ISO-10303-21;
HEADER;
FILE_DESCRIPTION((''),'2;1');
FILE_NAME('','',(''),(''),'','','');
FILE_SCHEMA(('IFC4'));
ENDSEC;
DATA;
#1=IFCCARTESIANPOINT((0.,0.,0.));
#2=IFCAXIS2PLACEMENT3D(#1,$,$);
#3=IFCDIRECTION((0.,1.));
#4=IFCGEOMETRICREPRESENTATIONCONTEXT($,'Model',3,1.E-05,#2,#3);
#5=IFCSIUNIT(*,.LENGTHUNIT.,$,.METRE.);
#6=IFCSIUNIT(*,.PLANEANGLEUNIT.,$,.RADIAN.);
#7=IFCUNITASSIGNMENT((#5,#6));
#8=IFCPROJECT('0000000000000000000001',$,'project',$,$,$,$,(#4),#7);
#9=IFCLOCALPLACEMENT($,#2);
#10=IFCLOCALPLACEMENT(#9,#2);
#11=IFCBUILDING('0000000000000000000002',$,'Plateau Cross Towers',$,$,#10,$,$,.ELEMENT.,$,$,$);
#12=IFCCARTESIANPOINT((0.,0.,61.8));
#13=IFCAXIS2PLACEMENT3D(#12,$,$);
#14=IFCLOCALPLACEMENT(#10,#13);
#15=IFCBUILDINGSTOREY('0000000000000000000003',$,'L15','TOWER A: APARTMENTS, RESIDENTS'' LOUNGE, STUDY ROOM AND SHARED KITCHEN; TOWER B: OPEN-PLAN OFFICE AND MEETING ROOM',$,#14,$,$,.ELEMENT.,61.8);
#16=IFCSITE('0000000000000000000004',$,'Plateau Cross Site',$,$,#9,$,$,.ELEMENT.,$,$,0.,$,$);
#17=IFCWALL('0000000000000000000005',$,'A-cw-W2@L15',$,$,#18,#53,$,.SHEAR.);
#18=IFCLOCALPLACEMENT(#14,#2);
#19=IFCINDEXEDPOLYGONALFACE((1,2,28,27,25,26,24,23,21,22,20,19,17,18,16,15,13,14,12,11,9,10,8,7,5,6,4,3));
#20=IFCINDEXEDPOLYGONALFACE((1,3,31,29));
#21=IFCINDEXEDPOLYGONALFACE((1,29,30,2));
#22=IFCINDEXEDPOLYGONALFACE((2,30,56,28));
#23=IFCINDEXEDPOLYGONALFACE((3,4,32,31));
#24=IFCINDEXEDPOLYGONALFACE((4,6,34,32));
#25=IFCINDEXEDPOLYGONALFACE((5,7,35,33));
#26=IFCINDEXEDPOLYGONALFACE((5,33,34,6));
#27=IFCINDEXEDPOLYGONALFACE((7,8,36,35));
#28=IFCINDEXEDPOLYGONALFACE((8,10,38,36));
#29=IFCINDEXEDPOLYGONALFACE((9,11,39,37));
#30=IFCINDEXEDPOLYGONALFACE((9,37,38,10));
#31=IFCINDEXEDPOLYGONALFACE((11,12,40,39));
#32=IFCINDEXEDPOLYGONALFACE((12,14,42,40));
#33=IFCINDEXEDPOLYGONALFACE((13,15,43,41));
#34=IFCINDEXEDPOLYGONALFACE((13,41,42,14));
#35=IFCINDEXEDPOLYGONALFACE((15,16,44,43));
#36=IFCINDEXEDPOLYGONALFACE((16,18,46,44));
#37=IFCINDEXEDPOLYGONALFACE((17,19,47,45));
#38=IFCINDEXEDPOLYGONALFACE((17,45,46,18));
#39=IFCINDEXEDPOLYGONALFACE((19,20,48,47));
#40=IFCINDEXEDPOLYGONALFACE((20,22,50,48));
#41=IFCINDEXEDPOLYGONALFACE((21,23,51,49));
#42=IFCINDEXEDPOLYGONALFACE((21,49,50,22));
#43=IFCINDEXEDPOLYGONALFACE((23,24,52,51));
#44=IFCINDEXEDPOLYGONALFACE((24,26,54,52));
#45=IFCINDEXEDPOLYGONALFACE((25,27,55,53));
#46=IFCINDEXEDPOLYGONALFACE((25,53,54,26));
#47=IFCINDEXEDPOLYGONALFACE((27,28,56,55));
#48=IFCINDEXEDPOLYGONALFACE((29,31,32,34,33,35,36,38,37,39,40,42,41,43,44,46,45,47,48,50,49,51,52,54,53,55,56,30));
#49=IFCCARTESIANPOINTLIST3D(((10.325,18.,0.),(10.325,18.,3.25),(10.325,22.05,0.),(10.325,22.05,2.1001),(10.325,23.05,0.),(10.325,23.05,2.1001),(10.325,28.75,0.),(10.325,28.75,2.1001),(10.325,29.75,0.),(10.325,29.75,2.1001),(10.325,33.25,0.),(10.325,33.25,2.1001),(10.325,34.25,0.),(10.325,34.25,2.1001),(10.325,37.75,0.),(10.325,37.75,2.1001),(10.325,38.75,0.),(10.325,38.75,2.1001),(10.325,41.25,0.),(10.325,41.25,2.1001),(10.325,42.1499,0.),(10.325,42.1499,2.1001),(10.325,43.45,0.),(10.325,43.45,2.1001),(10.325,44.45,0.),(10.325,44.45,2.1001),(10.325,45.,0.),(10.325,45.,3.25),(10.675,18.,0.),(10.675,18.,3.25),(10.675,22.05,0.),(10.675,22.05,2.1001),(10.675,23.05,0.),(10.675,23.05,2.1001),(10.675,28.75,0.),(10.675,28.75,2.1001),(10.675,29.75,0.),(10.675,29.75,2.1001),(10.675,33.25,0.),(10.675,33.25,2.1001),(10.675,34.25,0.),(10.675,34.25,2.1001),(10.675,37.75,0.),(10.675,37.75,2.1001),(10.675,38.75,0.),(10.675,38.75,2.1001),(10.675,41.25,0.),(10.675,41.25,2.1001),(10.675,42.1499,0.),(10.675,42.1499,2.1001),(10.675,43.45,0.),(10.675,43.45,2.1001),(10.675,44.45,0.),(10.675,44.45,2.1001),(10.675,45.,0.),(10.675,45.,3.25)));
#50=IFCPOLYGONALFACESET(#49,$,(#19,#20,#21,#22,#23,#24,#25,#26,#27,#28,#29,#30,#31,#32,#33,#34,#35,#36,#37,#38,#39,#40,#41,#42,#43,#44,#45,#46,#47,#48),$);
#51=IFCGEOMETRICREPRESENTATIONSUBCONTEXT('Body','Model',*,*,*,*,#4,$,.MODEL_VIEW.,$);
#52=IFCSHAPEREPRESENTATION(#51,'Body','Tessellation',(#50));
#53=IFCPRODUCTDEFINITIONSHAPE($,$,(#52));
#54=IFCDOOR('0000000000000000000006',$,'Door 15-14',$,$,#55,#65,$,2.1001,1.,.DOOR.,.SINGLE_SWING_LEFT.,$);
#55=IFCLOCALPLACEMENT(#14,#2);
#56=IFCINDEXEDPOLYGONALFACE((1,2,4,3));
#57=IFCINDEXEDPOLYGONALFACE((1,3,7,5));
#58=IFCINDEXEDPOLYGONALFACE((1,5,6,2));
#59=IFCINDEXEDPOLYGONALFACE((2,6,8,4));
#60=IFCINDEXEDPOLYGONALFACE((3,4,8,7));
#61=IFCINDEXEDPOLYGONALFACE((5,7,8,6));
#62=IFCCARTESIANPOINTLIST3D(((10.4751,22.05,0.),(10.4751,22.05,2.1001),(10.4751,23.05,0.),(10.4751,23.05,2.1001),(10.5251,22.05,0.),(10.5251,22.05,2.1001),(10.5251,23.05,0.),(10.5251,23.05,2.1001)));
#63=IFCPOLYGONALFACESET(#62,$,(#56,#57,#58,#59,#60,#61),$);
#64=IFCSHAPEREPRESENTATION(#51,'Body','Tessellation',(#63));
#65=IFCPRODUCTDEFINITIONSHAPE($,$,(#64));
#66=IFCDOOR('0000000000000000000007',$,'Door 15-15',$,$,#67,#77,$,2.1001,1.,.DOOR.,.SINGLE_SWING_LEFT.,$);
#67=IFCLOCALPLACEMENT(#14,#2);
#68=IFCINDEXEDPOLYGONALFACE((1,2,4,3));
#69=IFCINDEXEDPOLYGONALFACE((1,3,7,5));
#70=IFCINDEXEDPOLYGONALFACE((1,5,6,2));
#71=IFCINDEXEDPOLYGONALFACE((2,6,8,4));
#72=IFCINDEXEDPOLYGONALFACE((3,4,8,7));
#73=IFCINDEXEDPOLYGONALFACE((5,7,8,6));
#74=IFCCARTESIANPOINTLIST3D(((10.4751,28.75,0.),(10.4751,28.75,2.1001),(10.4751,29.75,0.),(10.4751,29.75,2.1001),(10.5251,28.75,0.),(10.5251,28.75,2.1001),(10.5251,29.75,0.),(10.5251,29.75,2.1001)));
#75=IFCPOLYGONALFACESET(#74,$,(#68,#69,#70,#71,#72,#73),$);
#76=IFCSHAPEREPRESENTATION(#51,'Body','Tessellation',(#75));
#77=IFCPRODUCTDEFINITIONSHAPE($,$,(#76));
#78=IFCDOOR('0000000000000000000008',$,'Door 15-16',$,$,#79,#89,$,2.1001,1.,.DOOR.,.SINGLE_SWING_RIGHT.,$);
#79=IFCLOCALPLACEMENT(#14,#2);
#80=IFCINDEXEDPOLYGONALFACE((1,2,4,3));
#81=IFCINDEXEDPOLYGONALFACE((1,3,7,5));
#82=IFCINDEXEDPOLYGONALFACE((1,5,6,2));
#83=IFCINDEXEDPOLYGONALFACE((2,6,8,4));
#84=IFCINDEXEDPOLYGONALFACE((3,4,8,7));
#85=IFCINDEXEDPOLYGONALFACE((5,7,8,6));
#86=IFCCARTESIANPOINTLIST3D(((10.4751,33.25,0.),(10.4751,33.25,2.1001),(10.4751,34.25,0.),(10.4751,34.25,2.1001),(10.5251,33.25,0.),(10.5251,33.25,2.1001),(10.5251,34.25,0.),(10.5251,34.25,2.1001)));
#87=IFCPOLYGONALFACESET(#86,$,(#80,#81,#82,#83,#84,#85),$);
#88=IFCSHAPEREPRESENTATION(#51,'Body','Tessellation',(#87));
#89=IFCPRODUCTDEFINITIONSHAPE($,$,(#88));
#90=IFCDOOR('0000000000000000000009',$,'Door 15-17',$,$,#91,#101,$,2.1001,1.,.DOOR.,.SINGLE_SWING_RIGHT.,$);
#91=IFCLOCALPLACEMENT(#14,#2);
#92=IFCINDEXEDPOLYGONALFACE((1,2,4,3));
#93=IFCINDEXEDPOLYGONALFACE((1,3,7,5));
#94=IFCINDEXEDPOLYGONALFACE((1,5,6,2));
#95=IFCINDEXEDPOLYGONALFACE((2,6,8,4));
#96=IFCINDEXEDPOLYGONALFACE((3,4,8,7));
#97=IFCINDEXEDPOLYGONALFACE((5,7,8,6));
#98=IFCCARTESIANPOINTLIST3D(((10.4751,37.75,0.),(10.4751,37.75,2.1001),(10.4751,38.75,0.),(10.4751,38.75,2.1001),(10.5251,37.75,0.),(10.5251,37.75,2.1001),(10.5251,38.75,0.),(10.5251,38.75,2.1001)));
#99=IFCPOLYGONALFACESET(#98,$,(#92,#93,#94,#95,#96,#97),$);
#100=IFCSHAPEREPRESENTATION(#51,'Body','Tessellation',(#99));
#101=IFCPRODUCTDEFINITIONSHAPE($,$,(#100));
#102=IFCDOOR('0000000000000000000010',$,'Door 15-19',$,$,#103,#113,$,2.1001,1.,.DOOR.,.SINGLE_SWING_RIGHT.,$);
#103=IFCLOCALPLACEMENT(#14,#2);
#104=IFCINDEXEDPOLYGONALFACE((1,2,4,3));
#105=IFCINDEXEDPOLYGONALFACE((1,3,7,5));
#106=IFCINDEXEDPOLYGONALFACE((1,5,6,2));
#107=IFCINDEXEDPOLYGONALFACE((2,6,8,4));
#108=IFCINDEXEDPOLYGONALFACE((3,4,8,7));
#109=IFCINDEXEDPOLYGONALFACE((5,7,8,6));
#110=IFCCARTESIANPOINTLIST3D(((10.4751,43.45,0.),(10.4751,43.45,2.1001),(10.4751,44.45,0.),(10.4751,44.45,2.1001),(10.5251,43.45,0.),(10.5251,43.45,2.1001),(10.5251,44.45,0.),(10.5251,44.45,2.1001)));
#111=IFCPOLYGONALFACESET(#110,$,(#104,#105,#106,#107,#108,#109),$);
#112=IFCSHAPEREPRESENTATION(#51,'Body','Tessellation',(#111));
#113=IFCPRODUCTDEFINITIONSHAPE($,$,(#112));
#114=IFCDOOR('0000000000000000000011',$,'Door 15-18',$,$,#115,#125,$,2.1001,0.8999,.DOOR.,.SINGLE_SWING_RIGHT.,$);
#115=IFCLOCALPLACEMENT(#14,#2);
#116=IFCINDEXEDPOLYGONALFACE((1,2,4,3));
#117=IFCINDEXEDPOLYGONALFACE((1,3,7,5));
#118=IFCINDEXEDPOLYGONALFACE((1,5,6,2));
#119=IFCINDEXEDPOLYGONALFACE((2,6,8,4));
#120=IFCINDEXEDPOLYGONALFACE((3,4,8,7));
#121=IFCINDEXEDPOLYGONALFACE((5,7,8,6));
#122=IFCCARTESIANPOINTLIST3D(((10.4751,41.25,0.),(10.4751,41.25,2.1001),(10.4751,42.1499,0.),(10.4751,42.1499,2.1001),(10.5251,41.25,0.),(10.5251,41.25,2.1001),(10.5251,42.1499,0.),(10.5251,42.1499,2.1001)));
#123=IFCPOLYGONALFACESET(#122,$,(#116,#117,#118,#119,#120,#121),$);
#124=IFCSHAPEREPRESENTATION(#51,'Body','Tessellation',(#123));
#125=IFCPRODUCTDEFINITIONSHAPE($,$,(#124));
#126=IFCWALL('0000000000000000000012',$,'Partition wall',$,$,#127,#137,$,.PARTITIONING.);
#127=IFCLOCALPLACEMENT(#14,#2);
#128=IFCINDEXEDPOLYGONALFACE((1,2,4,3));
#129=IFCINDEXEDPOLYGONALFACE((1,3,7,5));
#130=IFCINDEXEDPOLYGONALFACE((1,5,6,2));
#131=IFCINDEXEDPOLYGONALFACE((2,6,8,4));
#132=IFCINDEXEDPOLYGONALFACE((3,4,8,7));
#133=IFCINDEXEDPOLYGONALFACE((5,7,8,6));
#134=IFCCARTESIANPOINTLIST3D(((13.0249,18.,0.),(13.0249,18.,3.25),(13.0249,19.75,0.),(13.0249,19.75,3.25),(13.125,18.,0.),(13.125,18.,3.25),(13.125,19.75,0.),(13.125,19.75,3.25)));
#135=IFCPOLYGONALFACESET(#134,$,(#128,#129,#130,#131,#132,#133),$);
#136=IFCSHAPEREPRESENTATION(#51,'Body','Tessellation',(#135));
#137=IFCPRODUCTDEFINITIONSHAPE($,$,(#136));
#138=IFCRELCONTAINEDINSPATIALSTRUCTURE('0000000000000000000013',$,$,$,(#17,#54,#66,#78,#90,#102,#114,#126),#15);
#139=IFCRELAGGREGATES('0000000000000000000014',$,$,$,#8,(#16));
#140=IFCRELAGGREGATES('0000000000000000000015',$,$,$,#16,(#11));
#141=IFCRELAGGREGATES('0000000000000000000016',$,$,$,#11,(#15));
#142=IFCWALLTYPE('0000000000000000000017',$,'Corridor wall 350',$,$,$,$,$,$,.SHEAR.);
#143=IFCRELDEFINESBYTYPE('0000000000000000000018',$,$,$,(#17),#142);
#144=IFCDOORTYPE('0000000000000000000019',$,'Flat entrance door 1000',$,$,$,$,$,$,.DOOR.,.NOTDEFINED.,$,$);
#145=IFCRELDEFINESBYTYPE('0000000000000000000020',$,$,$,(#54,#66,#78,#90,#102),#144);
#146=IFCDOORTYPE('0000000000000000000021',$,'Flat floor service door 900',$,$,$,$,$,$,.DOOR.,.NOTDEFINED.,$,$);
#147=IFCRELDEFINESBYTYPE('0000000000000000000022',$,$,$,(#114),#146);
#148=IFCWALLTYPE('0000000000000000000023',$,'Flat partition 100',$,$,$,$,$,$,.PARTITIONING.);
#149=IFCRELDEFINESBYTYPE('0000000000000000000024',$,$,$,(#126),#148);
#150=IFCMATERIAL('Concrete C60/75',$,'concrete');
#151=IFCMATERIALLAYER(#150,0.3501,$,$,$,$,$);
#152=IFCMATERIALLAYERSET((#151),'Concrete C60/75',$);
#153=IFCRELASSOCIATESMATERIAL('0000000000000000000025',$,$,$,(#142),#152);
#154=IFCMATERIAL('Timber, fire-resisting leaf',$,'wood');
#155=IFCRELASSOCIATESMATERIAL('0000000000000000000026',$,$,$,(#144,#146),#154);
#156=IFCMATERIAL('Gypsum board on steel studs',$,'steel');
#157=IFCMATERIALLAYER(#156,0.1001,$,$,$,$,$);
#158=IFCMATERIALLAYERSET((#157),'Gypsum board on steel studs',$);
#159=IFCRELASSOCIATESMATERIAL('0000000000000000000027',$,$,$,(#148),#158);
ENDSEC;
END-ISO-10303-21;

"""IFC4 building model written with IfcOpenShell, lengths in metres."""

from ifc_helpers import new_model, si_unit, direction, frame, frame_2d, origin, place, context, subcontext, project, spatial, rectangle, extrude, material, layer, layer_set, type_object, element, fill, save


model = new_model("IFC4")

# Units and contexts
model_context = context("Model", 3, precision=1e-05, world=origin(), true_north=direction((0.0, 1.0)))
body_context = subcontext(model_context, "Body", "Model", "MODEL_VIEW")
ifc_project = project(units=[si_unit("LENGTHUNIT", "METRE"), si_unit("PLANEANGLEUNIT", "RADIAN")], contexts=[model_context])

# Site, building, storey
site_placement = place(None, origin())
site = spatial("IfcSite", under=ifc_project, at=site_placement, Name="Plateau Cross Site", CompositionType="ELEMENT", RefElevation=0.0)
building_placement = place(site_placement, origin())
building = spatial("IfcBuilding", under=site, at=building_placement, Name="Plateau Cross Towers", CompositionType="ELEMENT")
storey_placement = place(building_placement, frame((0.0, 0.0, 61.8)))
storey = spatial("IfcBuildingStorey", under=building, at=storey_placement, Name="L15", Description="TOWER A: APARTMENTS, RESIDENTS' LOUNGE, STUDY ROOM AND SHARED KITCHEN; TOWER B: OPEN-PLAN OFFICE AND MEETING ROOM", CompositionType="ELEMENT", Elevation=61.8)

# Shared definitions
ifc_material_1 = material(Name="Concrete C60/75", Category="concrete")

# Wall, openings, doors
ifc_layer_1 = layer(ifc_material_1, 0.3501)
ifc_layer_set_1 = layer_set([ifc_layer_1], Name="Concrete C60/75")
wall_type_1 = type_object("IfcWallType", Name="Corridor wall 350", PredefinedType="SHEAR", material=ifc_layer_set_1)
ifc_material_2 = material(Name="Timber, fire-resisting leaf", Category="wood")
door_type_1 = type_object("IfcDoorType", Name="Flat entrance door 1000", OperationType="NOTDEFINED", PredefinedType="DOOR", material=ifc_material_2)
wall_1_placement = place(storey_placement, frame((10.5, 18.0, 0.0), z_axis=(0.0, 0.0, 1.0), x_axis=(0.0, 1.0, 0.0)))
wall_1 = element("IfcWall", 1, at=wall_1_placement, inside=storey, type_object=wall_type_1, Name="A-cw-W2@L15", PredefinedType="SHEAR", context=body_context, shape_type="SweptSolid", body=[
    extrude(rectangle(XDim=27.0, YDim=0.3501, at=frame_2d((13.5, 0.0))), origin(), (0.0, 0.0, 1.0), 3.25),
])
opening_1_placement = place(wall_1_placement, frame((4.05, 0.0, 0.0)))
opening_1 = element("IfcOpeningElement", 2, at=opening_1_placement, cuts=wall_1, PredefinedType="OPENING", context=body_context, shape_type="SweptSolid", body=[
    extrude(rectangle(XDim=1.0, YDim=2.1001, at=frame_2d((0.5, 1.05))), frame((0.0, 0.1851, 0.0), z_axis=(0.0, -1.0, 0.0), x_axis=(1.0, 0.0, 0.0)), (0.0, 0.0, 1.0), 0.3701),
])
opening_2_placement = place(wall_1_placement, frame((10.75, 0.0, 0.0)))
opening_2 = element("IfcOpeningElement", 3, at=opening_2_placement, cuts=wall_1, PredefinedType="OPENING", context=body_context, shape_type="SweptSolid", body=[
    extrude(rectangle(XDim=1.0, YDim=2.1001, at=frame_2d((0.5, 1.05))), frame((0.0, 0.1851, 0.0), z_axis=(0.0, -1.0, 0.0), x_axis=(1.0, 0.0, 0.0)), (0.0, 0.0, 1.0), 0.3701),
])
opening_3_placement = place(wall_1_placement, frame((15.25, 0.0, 0.0)))
opening_3 = element("IfcOpeningElement", 4, at=opening_3_placement, cuts=wall_1, PredefinedType="OPENING", context=body_context, shape_type="SweptSolid", body=[
    extrude(rectangle(XDim=1.0, YDim=2.1001, at=frame_2d((0.5, 1.05))), frame((0.0, 0.1851, 0.0), z_axis=(0.0, -1.0, 0.0), x_axis=(1.0, 0.0, 0.0)), (0.0, 0.0, 1.0), 0.3701),
])
opening_4_placement = place(wall_1_placement, frame((19.75, 0.0, 0.0)))
opening_4 = element("IfcOpeningElement", 5, at=opening_4_placement, cuts=wall_1, PredefinedType="OPENING", context=body_context, shape_type="SweptSolid", body=[
    extrude(rectangle(XDim=1.0, YDim=2.1001, at=frame_2d((0.5, 1.05))), frame((0.0, 0.1851, 0.0), z_axis=(0.0, -1.0, 0.0), x_axis=(1.0, 0.0, 0.0)), (0.0, 0.0, 1.0), 0.3701),
])
opening_5_placement = place(wall_1_placement, frame((23.25, 0.0, 0.0)))
opening_5 = element("IfcOpeningElement", 6, at=opening_5_placement, cuts=wall_1, PredefinedType="OPENING", context=body_context, shape_type="SweptSolid", body=[
    extrude(rectangle(XDim=0.8999, YDim=2.1001, at=frame_2d((0.45, 1.05))), frame((0.0, 0.1851, 0.0), z_axis=(0.0, -1.0, 0.0), x_axis=(1.0, 0.0, 0.0)), (0.0, 0.0, 1.0), 0.3701),
])
opening_6_placement = place(wall_1_placement, frame((25.45, 0.0, 0.0)))
opening_6 = element("IfcOpeningElement", 7, at=opening_6_placement, cuts=wall_1, PredefinedType="OPENING", context=body_context, shape_type="SweptSolid", body=[
    extrude(rectangle(XDim=1.0, YDim=2.1001, at=frame_2d((0.5, 1.05))), frame((0.0, 0.1851, 0.0), z_axis=(0.0, -1.0, 0.0), x_axis=(1.0, 0.0, 0.0)), (0.0, 0.0, 1.0), 0.3701),
])
door_1_placement = place(opening_1_placement, origin())
door_1 = element("IfcDoor", 8, at=door_1_placement, inside=storey, type_object=door_type_1, Name="Door 15-14", OperationType="SINGLE_SWING_LEFT", OverallHeight=2.1001, OverallWidth=1.0, PredefinedType="DOOR", context=body_context, shape_type="SweptSolid", body=[
    extrude(rectangle(XDim=1.0, YDim=2.1001, at=frame_2d((0.5, 1.05))), frame((0.0, 0.0249, 0.0), z_axis=(0.0, -1.0, 0.0), x_axis=(1.0, 0.0, 0.0)), (0.0, 0.0, 1.0), 0.05),
])
fill(opening_1, door_1)
door_2_placement = place(opening_2_placement, origin())
door_2 = element("IfcDoor", 9, at=door_2_placement, inside=storey, type_object=door_type_1, Name="Door 15-15", OperationType="SINGLE_SWING_LEFT", OverallHeight=2.1001, OverallWidth=1.0, PredefinedType="DOOR", context=body_context, shape_type="SweptSolid", body=[
    extrude(rectangle(XDim=1.0, YDim=2.1001, at=frame_2d((0.5, 1.05))), frame((0.0, 0.0249, 0.0), z_axis=(0.0, -1.0, 0.0), x_axis=(1.0, 0.0, 0.0)), (0.0, 0.0, 1.0), 0.05),
])
fill(opening_2, door_2)
door_3_placement = place(opening_3_placement, origin())
door_3 = element("IfcDoor", 10, at=door_3_placement, inside=storey, type_object=door_type_1, Name="Door 15-16", OperationType="SINGLE_SWING_RIGHT", OverallHeight=2.1001, OverallWidth=1.0, PredefinedType="DOOR", context=body_context, shape_type="SweptSolid", body=[
    extrude(rectangle(XDim=1.0, YDim=2.1001, at=frame_2d((0.5, 1.05))), frame((0.0, 0.0249, 0.0), z_axis=(0.0, -1.0, 0.0), x_axis=(1.0, 0.0, 0.0)), (0.0, 0.0, 1.0), 0.05),
])
fill(opening_3, door_3)
door_4_placement = place(opening_4_placement, origin())
door_4 = element("IfcDoor", 11, at=door_4_placement, inside=storey, type_object=door_type_1, Name="Door 15-17", OperationType="SINGLE_SWING_RIGHT", OverallHeight=2.1001, OverallWidth=1.0, PredefinedType="DOOR", context=body_context, shape_type="SweptSolid", body=[
    extrude(rectangle(XDim=1.0, YDim=2.1001, at=frame_2d((0.5, 1.05))), frame((0.0, 0.0249, 0.0), z_axis=(0.0, -1.0, 0.0), x_axis=(1.0, 0.0, 0.0)), (0.0, 0.0, 1.0), 0.05),
])
fill(opening_4, door_4)
door_5_placement = place(opening_6_placement, origin())
door_5 = element("IfcDoor", 12, at=door_5_placement, inside=storey, type_object=door_type_1, Name="Door 15-19", OperationType="SINGLE_SWING_RIGHT", OverallHeight=2.1001, OverallWidth=1.0, PredefinedType="DOOR", context=body_context, shape_type="SweptSolid", body=[
    extrude(rectangle(XDim=1.0, YDim=2.1001, at=frame_2d((0.5, 1.05))), frame((0.0, 0.0249, 0.0), z_axis=(0.0, -1.0, 0.0), x_axis=(1.0, 0.0, 0.0)), (0.0, 0.0, 1.0), 0.05),
])
fill(opening_6, door_5)
door_type_2 = type_object("IfcDoorType", Name="Flat floor service door 900", OperationType="NOTDEFINED", PredefinedType="DOOR", material=ifc_material_2)
door_6_placement = place(opening_5_placement, origin())
door_6 = element("IfcDoor", 13, at=door_6_placement, inside=storey, type_object=door_type_2, Name="Door 15-18", OperationType="SINGLE_SWING_RIGHT", OverallHeight=2.1001, OverallWidth=0.8999, PredefinedType="DOOR", context=body_context, shape_type="SweptSolid", body=[
    extrude(rectangle(XDim=0.8999, YDim=2.1001, at=frame_2d((0.45, 1.05))), frame((0.0, 0.0249, 0.0), z_axis=(0.0, -1.0, 0.0), x_axis=(1.0, 0.0, 0.0)), (0.0, 0.0, 1.0), 0.05),
])
fill(opening_5, door_6)

# Wall
ifc_material_3 = material(Name="Gypsum board on steel studs", Category="steel")
ifc_layer_2 = layer(ifc_material_3, 0.1001)
ifc_layer_set_2 = layer_set([ifc_layer_2], Name="Gypsum board on steel studs")
wall_type_2 = type_object("IfcWallType", Name="Flat partition 100", PredefinedType="PARTITIONING", material=ifc_layer_set_2)
wall_2_placement = place(storey_placement, frame((13.075, 18.0, 0.0), z_axis=(0.0, 0.0, 1.0), x_axis=(0.0, 1.0, 0.0)))
element("IfcWall", 14, at=wall_2_placement, inside=storey, type_object=wall_type_2, Name="Partition wall", PredefinedType="PARTITIONING", context=body_context, shape_type="SweptSolid", body=[
    extrude(rectangle(XDim=1.75, YDim=0.1001, at=frame_2d((0.875, 0.0))), origin(), (0.0, 0.0, 1.0), 3.25),
])

save(model, "model.ifc")
